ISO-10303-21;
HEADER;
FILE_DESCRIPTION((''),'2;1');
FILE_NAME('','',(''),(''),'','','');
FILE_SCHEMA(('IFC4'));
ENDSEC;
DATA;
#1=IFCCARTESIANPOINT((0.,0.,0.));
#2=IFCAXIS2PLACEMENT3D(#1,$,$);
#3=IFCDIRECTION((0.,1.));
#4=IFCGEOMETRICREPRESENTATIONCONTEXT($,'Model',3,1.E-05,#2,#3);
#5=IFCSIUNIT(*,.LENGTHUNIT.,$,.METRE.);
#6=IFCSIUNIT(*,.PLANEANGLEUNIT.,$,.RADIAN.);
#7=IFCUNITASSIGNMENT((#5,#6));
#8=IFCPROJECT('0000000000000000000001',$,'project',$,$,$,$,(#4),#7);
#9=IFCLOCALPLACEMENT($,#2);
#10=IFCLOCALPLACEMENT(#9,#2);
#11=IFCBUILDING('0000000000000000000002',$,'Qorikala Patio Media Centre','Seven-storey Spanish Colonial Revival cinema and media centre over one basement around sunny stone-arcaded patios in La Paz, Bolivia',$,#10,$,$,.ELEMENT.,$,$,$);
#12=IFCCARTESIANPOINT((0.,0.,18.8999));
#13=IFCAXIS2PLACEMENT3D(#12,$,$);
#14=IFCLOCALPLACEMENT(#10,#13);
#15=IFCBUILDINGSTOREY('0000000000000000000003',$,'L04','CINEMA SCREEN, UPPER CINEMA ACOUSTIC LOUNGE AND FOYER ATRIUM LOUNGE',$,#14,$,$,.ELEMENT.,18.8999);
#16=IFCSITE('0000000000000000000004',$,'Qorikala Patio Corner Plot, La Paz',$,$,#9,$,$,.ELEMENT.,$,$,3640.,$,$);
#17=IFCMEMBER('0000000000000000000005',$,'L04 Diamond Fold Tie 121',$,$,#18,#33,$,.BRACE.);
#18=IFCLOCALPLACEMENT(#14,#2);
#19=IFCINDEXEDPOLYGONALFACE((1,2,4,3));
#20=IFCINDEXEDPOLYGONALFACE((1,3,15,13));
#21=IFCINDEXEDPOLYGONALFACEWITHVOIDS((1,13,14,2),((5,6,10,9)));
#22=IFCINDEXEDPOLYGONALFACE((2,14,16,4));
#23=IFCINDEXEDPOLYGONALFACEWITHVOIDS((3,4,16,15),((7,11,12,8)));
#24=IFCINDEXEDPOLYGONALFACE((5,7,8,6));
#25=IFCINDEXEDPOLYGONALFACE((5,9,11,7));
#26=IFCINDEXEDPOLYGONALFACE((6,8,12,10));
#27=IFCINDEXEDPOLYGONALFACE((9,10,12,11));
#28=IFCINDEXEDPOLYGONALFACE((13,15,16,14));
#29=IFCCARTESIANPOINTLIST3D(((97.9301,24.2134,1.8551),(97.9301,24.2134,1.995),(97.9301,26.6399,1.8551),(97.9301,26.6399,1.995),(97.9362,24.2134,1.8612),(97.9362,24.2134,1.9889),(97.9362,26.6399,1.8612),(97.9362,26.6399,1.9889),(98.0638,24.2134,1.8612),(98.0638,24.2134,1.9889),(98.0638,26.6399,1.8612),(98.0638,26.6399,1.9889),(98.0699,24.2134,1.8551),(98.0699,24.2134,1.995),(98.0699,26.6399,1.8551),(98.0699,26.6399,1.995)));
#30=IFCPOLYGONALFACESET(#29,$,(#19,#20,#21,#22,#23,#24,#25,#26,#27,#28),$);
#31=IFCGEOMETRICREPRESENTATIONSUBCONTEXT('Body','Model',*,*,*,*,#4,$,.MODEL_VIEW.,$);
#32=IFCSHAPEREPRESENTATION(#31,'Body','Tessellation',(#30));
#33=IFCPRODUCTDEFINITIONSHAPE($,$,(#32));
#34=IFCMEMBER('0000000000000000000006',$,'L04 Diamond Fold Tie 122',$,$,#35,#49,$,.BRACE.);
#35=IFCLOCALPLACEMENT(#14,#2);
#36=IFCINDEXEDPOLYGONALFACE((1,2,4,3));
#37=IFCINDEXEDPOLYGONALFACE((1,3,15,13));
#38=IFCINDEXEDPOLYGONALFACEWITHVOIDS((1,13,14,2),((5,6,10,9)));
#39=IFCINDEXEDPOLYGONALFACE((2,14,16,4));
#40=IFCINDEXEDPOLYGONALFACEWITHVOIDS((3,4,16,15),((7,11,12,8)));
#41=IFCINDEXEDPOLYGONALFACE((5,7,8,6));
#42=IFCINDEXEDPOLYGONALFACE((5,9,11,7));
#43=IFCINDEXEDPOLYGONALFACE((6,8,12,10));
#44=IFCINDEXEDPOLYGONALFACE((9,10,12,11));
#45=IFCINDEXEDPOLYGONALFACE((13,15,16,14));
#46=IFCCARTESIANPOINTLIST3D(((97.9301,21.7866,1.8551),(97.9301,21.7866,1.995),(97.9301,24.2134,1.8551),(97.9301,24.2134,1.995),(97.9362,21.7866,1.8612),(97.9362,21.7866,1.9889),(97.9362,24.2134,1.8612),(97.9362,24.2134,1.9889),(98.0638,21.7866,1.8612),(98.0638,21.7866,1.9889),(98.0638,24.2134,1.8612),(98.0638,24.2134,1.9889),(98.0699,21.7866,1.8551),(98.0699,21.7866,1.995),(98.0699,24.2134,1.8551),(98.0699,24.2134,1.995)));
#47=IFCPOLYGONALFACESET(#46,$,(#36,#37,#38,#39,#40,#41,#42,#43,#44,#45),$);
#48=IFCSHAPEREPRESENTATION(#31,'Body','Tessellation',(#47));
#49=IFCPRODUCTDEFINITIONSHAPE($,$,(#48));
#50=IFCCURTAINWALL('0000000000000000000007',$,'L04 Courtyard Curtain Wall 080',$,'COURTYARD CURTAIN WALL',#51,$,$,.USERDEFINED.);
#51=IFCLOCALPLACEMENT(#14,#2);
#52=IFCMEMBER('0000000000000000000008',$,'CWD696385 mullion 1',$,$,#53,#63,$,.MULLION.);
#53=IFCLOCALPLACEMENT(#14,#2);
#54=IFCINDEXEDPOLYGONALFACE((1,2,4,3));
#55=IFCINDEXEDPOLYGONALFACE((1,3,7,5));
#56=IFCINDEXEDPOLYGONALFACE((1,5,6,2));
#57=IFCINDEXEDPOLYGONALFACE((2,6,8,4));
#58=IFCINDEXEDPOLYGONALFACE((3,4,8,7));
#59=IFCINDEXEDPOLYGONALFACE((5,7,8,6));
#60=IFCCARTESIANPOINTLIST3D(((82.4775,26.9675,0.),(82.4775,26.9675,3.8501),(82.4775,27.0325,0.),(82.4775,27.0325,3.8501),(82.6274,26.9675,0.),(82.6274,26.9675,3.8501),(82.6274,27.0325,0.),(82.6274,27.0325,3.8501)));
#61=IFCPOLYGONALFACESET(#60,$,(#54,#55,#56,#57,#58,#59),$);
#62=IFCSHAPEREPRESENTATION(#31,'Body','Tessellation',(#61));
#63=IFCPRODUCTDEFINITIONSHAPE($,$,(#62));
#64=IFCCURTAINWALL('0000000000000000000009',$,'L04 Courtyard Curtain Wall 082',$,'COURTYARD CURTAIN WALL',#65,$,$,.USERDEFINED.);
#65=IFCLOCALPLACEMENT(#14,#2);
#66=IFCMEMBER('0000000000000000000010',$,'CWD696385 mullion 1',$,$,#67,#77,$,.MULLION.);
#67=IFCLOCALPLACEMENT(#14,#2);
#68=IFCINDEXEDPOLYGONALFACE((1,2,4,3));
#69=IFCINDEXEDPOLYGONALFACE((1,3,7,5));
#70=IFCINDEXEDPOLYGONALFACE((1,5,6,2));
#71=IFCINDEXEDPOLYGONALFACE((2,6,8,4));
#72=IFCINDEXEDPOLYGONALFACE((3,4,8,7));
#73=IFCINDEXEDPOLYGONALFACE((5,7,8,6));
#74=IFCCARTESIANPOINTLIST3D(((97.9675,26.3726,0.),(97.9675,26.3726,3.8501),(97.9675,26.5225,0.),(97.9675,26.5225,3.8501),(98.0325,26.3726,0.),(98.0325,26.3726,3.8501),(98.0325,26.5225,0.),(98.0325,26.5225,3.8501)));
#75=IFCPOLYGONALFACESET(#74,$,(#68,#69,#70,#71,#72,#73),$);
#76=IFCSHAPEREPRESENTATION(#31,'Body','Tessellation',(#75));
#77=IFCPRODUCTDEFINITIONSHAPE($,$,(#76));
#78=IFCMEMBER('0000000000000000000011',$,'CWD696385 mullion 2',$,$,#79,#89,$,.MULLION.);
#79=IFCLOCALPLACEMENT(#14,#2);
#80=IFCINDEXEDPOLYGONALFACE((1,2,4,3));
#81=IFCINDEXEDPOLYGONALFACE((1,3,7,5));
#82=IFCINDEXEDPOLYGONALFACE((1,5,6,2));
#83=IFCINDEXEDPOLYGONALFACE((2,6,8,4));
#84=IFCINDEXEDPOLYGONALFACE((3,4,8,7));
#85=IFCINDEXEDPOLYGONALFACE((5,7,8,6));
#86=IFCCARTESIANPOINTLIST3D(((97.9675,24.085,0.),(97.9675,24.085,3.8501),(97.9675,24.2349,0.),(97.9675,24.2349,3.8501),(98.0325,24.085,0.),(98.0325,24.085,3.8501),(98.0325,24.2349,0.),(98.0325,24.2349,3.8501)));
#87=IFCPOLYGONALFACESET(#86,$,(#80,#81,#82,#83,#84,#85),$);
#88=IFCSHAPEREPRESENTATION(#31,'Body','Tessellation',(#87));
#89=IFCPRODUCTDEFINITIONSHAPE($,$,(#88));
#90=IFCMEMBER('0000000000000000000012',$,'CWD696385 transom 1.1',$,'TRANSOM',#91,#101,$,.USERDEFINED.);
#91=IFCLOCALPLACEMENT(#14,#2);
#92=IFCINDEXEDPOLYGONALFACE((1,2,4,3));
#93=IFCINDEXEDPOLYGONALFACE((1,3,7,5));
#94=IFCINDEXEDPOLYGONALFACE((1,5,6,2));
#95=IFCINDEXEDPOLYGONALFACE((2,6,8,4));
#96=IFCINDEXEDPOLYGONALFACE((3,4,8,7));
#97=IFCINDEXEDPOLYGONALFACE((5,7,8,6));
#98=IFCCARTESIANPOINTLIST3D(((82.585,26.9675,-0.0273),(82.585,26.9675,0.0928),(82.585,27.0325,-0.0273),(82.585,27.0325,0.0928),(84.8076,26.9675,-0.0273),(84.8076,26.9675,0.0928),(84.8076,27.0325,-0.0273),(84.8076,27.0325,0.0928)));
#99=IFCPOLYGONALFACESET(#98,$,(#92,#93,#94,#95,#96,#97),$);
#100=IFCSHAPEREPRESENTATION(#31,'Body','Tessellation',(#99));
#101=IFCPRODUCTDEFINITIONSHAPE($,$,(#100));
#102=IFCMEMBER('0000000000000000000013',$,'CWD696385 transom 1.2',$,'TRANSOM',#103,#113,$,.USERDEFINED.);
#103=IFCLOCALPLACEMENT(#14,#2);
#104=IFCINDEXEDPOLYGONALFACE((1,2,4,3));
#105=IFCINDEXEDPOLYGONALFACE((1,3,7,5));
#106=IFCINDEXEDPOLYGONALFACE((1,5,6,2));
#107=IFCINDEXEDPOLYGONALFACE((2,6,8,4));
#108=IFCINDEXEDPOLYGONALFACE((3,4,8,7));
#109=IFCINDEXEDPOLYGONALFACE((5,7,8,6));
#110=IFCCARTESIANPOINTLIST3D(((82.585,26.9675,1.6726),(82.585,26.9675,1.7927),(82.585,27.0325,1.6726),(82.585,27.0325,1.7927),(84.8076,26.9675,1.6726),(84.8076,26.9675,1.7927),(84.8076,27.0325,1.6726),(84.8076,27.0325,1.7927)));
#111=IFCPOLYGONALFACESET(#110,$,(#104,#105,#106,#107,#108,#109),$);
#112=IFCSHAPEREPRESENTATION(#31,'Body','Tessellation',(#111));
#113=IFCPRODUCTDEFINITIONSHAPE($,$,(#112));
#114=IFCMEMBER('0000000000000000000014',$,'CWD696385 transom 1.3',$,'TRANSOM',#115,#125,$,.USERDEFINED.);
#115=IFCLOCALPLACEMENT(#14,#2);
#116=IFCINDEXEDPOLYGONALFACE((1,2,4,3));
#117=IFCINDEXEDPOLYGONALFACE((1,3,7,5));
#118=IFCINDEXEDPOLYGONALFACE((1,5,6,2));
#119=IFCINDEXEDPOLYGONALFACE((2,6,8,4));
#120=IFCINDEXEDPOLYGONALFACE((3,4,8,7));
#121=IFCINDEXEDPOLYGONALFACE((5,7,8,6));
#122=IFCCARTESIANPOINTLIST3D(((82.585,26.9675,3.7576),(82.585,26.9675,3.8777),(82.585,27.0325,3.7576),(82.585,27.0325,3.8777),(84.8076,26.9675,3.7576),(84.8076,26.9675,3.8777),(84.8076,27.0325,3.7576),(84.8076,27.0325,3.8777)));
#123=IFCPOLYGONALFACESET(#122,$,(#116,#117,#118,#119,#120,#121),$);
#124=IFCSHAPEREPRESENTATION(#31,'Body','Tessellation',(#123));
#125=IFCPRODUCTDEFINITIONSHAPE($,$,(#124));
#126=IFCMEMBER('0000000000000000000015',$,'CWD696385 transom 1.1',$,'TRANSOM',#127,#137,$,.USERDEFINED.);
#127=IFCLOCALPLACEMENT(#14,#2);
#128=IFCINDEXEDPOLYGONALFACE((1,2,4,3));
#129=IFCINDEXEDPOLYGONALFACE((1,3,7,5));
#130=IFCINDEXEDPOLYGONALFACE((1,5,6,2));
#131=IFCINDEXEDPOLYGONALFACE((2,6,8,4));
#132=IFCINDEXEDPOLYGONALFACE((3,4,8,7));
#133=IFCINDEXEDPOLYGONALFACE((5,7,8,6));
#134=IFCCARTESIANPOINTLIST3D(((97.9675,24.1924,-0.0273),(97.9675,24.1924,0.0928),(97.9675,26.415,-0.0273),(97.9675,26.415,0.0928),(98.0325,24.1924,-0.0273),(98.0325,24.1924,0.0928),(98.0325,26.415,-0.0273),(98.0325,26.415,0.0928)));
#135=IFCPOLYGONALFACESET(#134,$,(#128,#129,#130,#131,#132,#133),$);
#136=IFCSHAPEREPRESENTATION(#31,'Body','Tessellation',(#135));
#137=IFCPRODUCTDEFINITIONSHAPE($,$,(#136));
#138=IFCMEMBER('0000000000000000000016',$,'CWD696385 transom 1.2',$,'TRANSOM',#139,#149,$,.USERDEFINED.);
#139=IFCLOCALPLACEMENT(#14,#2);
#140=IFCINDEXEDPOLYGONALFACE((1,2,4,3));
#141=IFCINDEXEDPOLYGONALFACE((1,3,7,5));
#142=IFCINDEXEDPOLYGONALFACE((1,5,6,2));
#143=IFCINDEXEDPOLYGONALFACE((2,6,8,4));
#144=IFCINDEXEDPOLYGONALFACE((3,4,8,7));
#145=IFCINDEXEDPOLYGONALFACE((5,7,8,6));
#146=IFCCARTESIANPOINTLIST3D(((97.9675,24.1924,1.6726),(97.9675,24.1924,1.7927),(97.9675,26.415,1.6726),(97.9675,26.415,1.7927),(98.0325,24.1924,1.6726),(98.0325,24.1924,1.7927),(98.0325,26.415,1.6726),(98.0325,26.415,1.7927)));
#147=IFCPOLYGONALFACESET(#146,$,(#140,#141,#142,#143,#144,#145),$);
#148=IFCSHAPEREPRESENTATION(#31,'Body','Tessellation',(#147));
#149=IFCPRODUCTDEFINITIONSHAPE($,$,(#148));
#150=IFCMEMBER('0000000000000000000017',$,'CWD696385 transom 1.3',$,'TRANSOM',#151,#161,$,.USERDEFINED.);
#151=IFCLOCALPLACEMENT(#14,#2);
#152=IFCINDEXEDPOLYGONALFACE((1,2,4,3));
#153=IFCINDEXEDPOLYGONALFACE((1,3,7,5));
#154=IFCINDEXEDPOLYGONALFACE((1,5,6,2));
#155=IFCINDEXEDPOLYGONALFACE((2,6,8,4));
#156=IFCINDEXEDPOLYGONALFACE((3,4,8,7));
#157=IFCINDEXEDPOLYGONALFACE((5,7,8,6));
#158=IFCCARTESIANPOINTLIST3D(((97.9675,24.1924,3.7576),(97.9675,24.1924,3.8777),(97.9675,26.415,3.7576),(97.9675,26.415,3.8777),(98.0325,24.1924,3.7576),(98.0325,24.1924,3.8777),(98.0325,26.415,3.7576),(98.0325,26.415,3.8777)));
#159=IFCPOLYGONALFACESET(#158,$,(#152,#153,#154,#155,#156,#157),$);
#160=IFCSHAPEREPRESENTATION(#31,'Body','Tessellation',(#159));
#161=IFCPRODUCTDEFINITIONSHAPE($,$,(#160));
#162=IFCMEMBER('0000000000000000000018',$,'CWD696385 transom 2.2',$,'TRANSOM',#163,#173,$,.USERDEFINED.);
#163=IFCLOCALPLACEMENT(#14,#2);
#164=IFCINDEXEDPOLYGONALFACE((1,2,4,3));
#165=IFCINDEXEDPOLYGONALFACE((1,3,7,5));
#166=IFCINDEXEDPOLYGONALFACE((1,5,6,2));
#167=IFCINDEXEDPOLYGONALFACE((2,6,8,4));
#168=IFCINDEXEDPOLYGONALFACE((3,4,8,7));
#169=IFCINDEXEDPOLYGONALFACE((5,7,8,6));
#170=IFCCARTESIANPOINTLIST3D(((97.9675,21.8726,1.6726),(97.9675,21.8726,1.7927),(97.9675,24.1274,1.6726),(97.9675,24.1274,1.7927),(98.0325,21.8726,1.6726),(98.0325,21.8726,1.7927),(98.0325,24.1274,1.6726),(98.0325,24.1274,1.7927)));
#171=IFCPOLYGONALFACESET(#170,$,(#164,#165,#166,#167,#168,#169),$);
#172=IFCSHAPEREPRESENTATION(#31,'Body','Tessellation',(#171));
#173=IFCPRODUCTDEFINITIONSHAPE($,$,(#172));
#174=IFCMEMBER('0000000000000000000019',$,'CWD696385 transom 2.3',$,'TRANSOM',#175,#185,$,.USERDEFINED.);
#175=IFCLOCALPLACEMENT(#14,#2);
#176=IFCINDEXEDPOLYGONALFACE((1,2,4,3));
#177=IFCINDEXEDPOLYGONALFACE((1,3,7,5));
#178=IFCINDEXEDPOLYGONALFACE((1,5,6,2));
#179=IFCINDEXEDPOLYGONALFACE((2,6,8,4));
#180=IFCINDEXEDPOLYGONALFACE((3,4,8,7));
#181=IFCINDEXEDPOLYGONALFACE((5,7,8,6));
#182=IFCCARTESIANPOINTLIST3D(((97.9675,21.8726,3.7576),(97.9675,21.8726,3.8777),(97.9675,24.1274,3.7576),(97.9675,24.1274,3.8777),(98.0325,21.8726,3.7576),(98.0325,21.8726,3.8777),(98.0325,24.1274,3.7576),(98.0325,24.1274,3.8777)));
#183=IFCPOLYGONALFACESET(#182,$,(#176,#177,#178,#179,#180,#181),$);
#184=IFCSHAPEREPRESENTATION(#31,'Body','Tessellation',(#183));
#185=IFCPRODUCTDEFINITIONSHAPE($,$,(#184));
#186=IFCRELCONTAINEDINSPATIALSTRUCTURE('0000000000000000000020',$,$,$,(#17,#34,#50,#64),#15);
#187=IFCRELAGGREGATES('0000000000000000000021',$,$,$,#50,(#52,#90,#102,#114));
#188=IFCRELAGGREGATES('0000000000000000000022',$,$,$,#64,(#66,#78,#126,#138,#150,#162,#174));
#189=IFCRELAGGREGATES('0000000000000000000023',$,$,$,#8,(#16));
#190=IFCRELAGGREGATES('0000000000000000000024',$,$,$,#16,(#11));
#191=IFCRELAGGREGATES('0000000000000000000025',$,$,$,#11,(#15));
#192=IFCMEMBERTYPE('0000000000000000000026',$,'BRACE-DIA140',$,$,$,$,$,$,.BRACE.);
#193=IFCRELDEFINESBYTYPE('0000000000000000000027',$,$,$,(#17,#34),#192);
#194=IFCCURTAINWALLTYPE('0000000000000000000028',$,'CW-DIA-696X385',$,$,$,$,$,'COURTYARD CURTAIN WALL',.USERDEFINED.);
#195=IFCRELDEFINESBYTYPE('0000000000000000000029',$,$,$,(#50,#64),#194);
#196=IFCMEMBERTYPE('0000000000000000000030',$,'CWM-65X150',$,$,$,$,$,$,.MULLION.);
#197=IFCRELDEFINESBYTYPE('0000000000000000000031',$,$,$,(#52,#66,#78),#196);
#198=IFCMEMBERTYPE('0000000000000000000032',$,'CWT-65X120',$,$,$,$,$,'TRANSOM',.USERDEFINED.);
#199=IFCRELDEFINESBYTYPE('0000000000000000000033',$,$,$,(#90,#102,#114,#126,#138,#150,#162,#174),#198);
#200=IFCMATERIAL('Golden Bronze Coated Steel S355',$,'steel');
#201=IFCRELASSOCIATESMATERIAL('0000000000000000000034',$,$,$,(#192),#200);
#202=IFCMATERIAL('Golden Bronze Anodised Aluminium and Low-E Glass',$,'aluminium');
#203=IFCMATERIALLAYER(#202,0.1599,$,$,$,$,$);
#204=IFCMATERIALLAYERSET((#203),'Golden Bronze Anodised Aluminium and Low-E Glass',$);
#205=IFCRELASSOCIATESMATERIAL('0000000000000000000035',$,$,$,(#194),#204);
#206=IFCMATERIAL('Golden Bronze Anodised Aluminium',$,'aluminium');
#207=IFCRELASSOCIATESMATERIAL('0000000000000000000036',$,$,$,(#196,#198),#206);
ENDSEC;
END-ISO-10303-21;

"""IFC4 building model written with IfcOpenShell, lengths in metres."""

from ifc_helpers import new_model, si_unit, direction, frame, origin, origin_2d, place, context, subcontext, project, spatial, rectangle, hollow_rectangle, extrude, material, layer, layer_set, material_profile, profile_set, type_object, element, aggregate, save


model = new_model("IFC4")

# Units and contexts
model_context = context("Model", 3, precision=1e-05, world=origin(), true_north=direction((0.0, 1.0)))
body_context = subcontext(model_context, "Body", "Model", "MODEL_VIEW")
ifc_project = project(units=[si_unit("LENGTHUNIT", "METRE"), si_unit("PLANEANGLEUNIT", "RADIAN")], contexts=[model_context])

# Site, building, storey
site_placement = place(None, origin())
site = spatial("IfcSite", under=ifc_project, at=site_placement, Name="Qorikala Patio Corner Plot, La Paz", CompositionType="ELEMENT", RefElevation=3640.0)
building_placement = place(site_placement, origin())
building = spatial("IfcBuilding", under=site, at=building_placement, Name="Qorikala Patio Media Centre", Description="Seven-storey Spanish Colonial Revival cinema and media centre over one basement around sunny stone-arcaded patios in La Paz, Bolivia", CompositionType="ELEMENT")
storey_placement = place(building_placement, frame((0.0, 0.0, 18.8999)))
storey = spatial("IfcBuildingStorey", under=building, at=storey_placement, Name="L04", Description="CINEMA SCREEN, UPPER CINEMA ACOUSTIC LOUNGE AND FOYER ATRIUM LOUNGE", CompositionType="ELEMENT", Elevation=18.8999)

# Members
ifc_material_1 = material(Name="Golden Bronze Coated Steel S355", Category="steel")
ifc_material_profile_1 = material_profile(ifc_material_1, hollow_rectangle(XDim=0.1399, YDim=0.1399, WallThickness=0.0061, at=origin_2d()), Name="HSS140X140X6")
ifc_profile_set_1 = profile_set([ifc_material_profile_1], Name="Golden Bronze Coated Steel S355")
member_type_1 = type_object("IfcMemberType", Name="BRACE-DIA140", PredefinedType="BRACE", material=ifc_profile_set_1)
member_1_placement = place(storey_placement, frame((98.0, 26.6399, 1.925), z_axis=(0.0, -1.0, 0.0), x_axis=(1.0, 0.0, 0.0)))
element("IfcMember", 1, at=member_1_placement, inside=storey, type_object=member_type_1, Name="L04 Diamond Fold Tie 121", PredefinedType="BRACE", context=body_context, shape_type="SweptSolid", body=[
    extrude(hollow_rectangle(XDim=0.1399, YDim=0.1399, WallThickness=0.0061, at=origin_2d()), origin(), (0.0, 0.0, 1.0), 2.4265),
])
member_2_placement = place(storey_placement, frame((98.0, 24.2134, 1.925), z_axis=(0.0, -1.0, 0.0), x_axis=(1.0, 0.0, 0.0)))
element("IfcMember", 2, at=member_2_placement, inside=storey, type_object=member_type_1, Name="L04 Diamond Fold Tie 122", PredefinedType="BRACE", context=body_context, shape_type="SweptSolid", body=[
    extrude(hollow_rectangle(XDim=0.1399, YDim=0.1399, WallThickness=0.0061, at=origin_2d()), origin(), (0.0, 0.0, 1.0), 2.4268),
])

# Curtain wall, member
ifc_material_2 = material(Name="Golden Bronze Anodised Aluminium and Low-E Glass", Category="aluminium")
ifc_layer_1 = layer(ifc_material_2, 0.1599)
ifc_layer_set_1 = layer_set([ifc_layer_1], Name="Golden Bronze Anodised Aluminium and Low-E Glass")
curtain_wall_type = type_object("IfcCurtainWallType", Name="CW-DIA-696X385", ElementType="COURTYARD CURTAIN WALL", PredefinedType="USERDEFINED", material=ifc_layer_set_1)
curtain_wall_1_placement = place(storey_placement, origin())
curtain_wall_1 = element("IfcCurtainWall", 3, at=curtain_wall_1_placement, inside=storey, type_object=curtain_wall_type, Name="L04 Courtyard Curtain Wall 080", ObjectType="COURTYARD CURTAIN WALL", PredefinedType="USERDEFINED")
ifc_material_3 = material(Name="Golden Bronze Anodised Aluminium", Category="aluminium")
ifc_material_profile_2 = material_profile(ifc_material_3, rectangle(XDim=0.0649, YDim=0.1499, at=origin_2d()), Name="ALU MULLION 65x150")
ifc_profile_set_2 = profile_set([ifc_material_profile_2], Name="Golden Bronze Anodised Aluminium")
member_type_2 = type_object("IfcMemberType", Name="CWM-65X150", PredefinedType="MULLION", material=ifc_profile_set_2)
member_3_placement = place(storey_placement, frame((82.5525, 27.0, 0.0), z_axis=(0.0, 0.0, 1.0), x_axis=(0.0, 1.0, 0.0)))
member_3 = element("IfcMember", 4, at=member_3_placement, type_object=member_type_2, Name="CWD696385 mullion 1", PredefinedType="MULLION", context=body_context, shape_type="SweptSolid", body=[
    extrude(rectangle(XDim=0.0649, YDim=0.1499, at=origin_2d()), origin(), (0.0, 0.0, 1.0), 3.8501),
])

# Curtain wall, members
curtain_wall_2_placement = place(storey_placement, origin())
curtain_wall_2 = element("IfcCurtainWall", 5, at=curtain_wall_2_placement, inside=storey, type_object=curtain_wall_type, Name="L04 Courtyard Curtain Wall 082", ObjectType="COURTYARD CURTAIN WALL", PredefinedType="USERDEFINED")
member_4_placement = place(storey_placement, frame((98.0, 26.4475, 0.0), z_axis=(0.0, 0.0, 1.0), x_axis=(1.0, 0.0, 0.0)))
member_4 = element("IfcMember", 6, at=member_4_placement, type_object=member_type_2, Name="CWD696385 mullion 1", PredefinedType="MULLION", context=body_context, shape_type="SweptSolid", body=[
    extrude(rectangle(XDim=0.0649, YDim=0.1499, at=origin_2d()), origin(), (0.0, 0.0, 1.0), 3.8501),
])
member_5_placement = place(storey_placement, frame((98.0, 24.1599, 0.0), z_axis=(0.0, 0.0, 1.0), x_axis=(1.0, 0.0, 0.0)))
member_5 = element("IfcMember", 7, at=member_5_placement, type_object=member_type_2, Name="CWD696385 mullion 2", PredefinedType="MULLION", context=body_context, shape_type="SweptSolid", body=[
    extrude(rectangle(XDim=0.0649, YDim=0.1499, at=origin_2d()), origin(), (0.0, 0.0, 1.0), 3.8501),
])

# Members
ifc_material_profile_3 = material_profile(ifc_material_3, rectangle(XDim=0.0649, YDim=0.1201, at=origin_2d()), Name="ALU TRANSOM 65x120")
ifc_profile_set_3 = profile_set([ifc_material_profile_3], Name="Golden Bronze Anodised Aluminium")
member_type_3 = type_object("IfcMemberType", Name="CWT-65X120", ElementType="TRANSOM", PredefinedType="USERDEFINED", material=ifc_profile_set_3)
member_6_placement = place(storey_placement, frame((82.585, 27.0, 0.0327), z_axis=(1.0, 0.0, 0.0), x_axis=(0.0, 1.0, 0.0)))
member_6 = element("IfcMember", 8, at=member_6_placement, type_object=member_type_3, Name="CWD696385 transom 1.1", ObjectType="TRANSOM", PredefinedType="USERDEFINED", context=body_context, shape_type="SweptSolid", body=[
    extrude(rectangle(XDim=0.0649, YDim=0.1201, at=origin_2d()), origin(), (0.0, 0.0, 1.0), 2.2227),
])
member_7_placement = place(storey_placement, frame((82.585, 27.0, 1.7327), z_axis=(1.0, 0.0, 0.0), x_axis=(0.0, 1.0, 0.0)))
member_7 = element("IfcMember", 9, at=member_7_placement, type_object=member_type_3, Name="CWD696385 transom 1.2", ObjectType="TRANSOM", PredefinedType="USERDEFINED", context=body_context, shape_type="SweptSolid", body=[
    extrude(rectangle(XDim=0.0649, YDim=0.1201, at=origin_2d()), origin(), (0.0, 0.0, 1.0), 2.2227),
])
member_8_placement = place(storey_placement, frame((82.585, 27.0, 3.8176), z_axis=(1.0, 0.0, 0.0), x_axis=(0.0, 1.0, 0.0)))
member_8 = element("IfcMember", 10, at=member_8_placement, type_object=member_type_3, Name="CWD696385 transom 1.3", ObjectType="TRANSOM", PredefinedType="USERDEFINED", context=body_context, shape_type="SweptSolid", body=[
    extrude(rectangle(XDim=0.0649, YDim=0.1201, at=origin_2d()), origin(), (0.0, 0.0, 1.0), 2.2227),
])
aggregate(curtain_wall_1, [member_3, member_6, member_7, member_8])
member_9_placement = place(storey_placement, frame((98.0, 26.415, 0.0327), z_axis=(0.0, -1.0, 0.0), x_axis=(1.0, 0.0, 0.0)))
member_9 = element("IfcMember", 11, at=member_9_placement, type_object=member_type_3, Name="CWD696385 transom 1.1", ObjectType="TRANSOM", PredefinedType="USERDEFINED", context=body_context, shape_type="SweptSolid", body=[
    extrude(rectangle(XDim=0.0649, YDim=0.1201, at=origin_2d()), origin(), (0.0, 0.0, 1.0), 2.2227),
])
member_10_placement = place(storey_placement, frame((98.0, 26.415, 1.7327), z_axis=(0.0, -1.0, 0.0), x_axis=(1.0, 0.0, 0.0)))
member_10 = element("IfcMember", 12, at=member_10_placement, type_object=member_type_3, Name="CWD696385 transom 1.2", ObjectType="TRANSOM", PredefinedType="USERDEFINED", context=body_context, shape_type="SweptSolid", body=[
    extrude(rectangle(XDim=0.0649, YDim=0.1201, at=origin_2d()), origin(), (0.0, 0.0, 1.0), 2.2227),
])
member_11_placement = place(storey_placement, frame((98.0, 26.415, 3.8176), z_axis=(0.0, -1.0, 0.0), x_axis=(1.0, 0.0, 0.0)))
member_11 = element("IfcMember", 13, at=member_11_placement, type_object=member_type_3, Name="CWD696385 transom 1.3", ObjectType="TRANSOM", PredefinedType="USERDEFINED", context=body_context, shape_type="SweptSolid", body=[
    extrude(rectangle(XDim=0.0649, YDim=0.1201, at=origin_2d()), origin(), (0.0, 0.0, 1.0), 2.2227),
])
member_12_placement = place(storey_placement, frame((98.0, 24.1274, 1.7327), z_axis=(0.0, -1.0, 0.0), x_axis=(1.0, 0.0, 0.0)))
member_12 = element("IfcMember", 14, at=member_12_placement, type_object=member_type_3, Name="CWD696385 transom 2.2", ObjectType="TRANSOM", PredefinedType="USERDEFINED", context=body_context, shape_type="SweptSolid", body=[
    extrude(rectangle(XDim=0.0649, YDim=0.1201, at=origin_2d()), origin(), (0.0, 0.0, 1.0), 2.2549),
])
member_13_placement = place(storey_placement, frame((98.0, 24.1274, 3.8176), z_axis=(0.0, -1.0, 0.0), x_axis=(1.0, 0.0, 0.0)))
member_13 = element("IfcMember", 15, at=member_13_placement, type_object=member_type_3, Name="CWD696385 transom 2.3", ObjectType="TRANSOM", PredefinedType="USERDEFINED", context=body_context, shape_type="SweptSolid", body=[
    extrude(rectangle(XDim=0.0649, YDim=0.1201, at=origin_2d()), origin(), (0.0, 0.0, 1.0), 2.2549),
])

aggregate(curtain_wall_2, [member_4, member_5, member_9, member_10, member_11, member_12, member_13])

save(model, "model.ifc")
